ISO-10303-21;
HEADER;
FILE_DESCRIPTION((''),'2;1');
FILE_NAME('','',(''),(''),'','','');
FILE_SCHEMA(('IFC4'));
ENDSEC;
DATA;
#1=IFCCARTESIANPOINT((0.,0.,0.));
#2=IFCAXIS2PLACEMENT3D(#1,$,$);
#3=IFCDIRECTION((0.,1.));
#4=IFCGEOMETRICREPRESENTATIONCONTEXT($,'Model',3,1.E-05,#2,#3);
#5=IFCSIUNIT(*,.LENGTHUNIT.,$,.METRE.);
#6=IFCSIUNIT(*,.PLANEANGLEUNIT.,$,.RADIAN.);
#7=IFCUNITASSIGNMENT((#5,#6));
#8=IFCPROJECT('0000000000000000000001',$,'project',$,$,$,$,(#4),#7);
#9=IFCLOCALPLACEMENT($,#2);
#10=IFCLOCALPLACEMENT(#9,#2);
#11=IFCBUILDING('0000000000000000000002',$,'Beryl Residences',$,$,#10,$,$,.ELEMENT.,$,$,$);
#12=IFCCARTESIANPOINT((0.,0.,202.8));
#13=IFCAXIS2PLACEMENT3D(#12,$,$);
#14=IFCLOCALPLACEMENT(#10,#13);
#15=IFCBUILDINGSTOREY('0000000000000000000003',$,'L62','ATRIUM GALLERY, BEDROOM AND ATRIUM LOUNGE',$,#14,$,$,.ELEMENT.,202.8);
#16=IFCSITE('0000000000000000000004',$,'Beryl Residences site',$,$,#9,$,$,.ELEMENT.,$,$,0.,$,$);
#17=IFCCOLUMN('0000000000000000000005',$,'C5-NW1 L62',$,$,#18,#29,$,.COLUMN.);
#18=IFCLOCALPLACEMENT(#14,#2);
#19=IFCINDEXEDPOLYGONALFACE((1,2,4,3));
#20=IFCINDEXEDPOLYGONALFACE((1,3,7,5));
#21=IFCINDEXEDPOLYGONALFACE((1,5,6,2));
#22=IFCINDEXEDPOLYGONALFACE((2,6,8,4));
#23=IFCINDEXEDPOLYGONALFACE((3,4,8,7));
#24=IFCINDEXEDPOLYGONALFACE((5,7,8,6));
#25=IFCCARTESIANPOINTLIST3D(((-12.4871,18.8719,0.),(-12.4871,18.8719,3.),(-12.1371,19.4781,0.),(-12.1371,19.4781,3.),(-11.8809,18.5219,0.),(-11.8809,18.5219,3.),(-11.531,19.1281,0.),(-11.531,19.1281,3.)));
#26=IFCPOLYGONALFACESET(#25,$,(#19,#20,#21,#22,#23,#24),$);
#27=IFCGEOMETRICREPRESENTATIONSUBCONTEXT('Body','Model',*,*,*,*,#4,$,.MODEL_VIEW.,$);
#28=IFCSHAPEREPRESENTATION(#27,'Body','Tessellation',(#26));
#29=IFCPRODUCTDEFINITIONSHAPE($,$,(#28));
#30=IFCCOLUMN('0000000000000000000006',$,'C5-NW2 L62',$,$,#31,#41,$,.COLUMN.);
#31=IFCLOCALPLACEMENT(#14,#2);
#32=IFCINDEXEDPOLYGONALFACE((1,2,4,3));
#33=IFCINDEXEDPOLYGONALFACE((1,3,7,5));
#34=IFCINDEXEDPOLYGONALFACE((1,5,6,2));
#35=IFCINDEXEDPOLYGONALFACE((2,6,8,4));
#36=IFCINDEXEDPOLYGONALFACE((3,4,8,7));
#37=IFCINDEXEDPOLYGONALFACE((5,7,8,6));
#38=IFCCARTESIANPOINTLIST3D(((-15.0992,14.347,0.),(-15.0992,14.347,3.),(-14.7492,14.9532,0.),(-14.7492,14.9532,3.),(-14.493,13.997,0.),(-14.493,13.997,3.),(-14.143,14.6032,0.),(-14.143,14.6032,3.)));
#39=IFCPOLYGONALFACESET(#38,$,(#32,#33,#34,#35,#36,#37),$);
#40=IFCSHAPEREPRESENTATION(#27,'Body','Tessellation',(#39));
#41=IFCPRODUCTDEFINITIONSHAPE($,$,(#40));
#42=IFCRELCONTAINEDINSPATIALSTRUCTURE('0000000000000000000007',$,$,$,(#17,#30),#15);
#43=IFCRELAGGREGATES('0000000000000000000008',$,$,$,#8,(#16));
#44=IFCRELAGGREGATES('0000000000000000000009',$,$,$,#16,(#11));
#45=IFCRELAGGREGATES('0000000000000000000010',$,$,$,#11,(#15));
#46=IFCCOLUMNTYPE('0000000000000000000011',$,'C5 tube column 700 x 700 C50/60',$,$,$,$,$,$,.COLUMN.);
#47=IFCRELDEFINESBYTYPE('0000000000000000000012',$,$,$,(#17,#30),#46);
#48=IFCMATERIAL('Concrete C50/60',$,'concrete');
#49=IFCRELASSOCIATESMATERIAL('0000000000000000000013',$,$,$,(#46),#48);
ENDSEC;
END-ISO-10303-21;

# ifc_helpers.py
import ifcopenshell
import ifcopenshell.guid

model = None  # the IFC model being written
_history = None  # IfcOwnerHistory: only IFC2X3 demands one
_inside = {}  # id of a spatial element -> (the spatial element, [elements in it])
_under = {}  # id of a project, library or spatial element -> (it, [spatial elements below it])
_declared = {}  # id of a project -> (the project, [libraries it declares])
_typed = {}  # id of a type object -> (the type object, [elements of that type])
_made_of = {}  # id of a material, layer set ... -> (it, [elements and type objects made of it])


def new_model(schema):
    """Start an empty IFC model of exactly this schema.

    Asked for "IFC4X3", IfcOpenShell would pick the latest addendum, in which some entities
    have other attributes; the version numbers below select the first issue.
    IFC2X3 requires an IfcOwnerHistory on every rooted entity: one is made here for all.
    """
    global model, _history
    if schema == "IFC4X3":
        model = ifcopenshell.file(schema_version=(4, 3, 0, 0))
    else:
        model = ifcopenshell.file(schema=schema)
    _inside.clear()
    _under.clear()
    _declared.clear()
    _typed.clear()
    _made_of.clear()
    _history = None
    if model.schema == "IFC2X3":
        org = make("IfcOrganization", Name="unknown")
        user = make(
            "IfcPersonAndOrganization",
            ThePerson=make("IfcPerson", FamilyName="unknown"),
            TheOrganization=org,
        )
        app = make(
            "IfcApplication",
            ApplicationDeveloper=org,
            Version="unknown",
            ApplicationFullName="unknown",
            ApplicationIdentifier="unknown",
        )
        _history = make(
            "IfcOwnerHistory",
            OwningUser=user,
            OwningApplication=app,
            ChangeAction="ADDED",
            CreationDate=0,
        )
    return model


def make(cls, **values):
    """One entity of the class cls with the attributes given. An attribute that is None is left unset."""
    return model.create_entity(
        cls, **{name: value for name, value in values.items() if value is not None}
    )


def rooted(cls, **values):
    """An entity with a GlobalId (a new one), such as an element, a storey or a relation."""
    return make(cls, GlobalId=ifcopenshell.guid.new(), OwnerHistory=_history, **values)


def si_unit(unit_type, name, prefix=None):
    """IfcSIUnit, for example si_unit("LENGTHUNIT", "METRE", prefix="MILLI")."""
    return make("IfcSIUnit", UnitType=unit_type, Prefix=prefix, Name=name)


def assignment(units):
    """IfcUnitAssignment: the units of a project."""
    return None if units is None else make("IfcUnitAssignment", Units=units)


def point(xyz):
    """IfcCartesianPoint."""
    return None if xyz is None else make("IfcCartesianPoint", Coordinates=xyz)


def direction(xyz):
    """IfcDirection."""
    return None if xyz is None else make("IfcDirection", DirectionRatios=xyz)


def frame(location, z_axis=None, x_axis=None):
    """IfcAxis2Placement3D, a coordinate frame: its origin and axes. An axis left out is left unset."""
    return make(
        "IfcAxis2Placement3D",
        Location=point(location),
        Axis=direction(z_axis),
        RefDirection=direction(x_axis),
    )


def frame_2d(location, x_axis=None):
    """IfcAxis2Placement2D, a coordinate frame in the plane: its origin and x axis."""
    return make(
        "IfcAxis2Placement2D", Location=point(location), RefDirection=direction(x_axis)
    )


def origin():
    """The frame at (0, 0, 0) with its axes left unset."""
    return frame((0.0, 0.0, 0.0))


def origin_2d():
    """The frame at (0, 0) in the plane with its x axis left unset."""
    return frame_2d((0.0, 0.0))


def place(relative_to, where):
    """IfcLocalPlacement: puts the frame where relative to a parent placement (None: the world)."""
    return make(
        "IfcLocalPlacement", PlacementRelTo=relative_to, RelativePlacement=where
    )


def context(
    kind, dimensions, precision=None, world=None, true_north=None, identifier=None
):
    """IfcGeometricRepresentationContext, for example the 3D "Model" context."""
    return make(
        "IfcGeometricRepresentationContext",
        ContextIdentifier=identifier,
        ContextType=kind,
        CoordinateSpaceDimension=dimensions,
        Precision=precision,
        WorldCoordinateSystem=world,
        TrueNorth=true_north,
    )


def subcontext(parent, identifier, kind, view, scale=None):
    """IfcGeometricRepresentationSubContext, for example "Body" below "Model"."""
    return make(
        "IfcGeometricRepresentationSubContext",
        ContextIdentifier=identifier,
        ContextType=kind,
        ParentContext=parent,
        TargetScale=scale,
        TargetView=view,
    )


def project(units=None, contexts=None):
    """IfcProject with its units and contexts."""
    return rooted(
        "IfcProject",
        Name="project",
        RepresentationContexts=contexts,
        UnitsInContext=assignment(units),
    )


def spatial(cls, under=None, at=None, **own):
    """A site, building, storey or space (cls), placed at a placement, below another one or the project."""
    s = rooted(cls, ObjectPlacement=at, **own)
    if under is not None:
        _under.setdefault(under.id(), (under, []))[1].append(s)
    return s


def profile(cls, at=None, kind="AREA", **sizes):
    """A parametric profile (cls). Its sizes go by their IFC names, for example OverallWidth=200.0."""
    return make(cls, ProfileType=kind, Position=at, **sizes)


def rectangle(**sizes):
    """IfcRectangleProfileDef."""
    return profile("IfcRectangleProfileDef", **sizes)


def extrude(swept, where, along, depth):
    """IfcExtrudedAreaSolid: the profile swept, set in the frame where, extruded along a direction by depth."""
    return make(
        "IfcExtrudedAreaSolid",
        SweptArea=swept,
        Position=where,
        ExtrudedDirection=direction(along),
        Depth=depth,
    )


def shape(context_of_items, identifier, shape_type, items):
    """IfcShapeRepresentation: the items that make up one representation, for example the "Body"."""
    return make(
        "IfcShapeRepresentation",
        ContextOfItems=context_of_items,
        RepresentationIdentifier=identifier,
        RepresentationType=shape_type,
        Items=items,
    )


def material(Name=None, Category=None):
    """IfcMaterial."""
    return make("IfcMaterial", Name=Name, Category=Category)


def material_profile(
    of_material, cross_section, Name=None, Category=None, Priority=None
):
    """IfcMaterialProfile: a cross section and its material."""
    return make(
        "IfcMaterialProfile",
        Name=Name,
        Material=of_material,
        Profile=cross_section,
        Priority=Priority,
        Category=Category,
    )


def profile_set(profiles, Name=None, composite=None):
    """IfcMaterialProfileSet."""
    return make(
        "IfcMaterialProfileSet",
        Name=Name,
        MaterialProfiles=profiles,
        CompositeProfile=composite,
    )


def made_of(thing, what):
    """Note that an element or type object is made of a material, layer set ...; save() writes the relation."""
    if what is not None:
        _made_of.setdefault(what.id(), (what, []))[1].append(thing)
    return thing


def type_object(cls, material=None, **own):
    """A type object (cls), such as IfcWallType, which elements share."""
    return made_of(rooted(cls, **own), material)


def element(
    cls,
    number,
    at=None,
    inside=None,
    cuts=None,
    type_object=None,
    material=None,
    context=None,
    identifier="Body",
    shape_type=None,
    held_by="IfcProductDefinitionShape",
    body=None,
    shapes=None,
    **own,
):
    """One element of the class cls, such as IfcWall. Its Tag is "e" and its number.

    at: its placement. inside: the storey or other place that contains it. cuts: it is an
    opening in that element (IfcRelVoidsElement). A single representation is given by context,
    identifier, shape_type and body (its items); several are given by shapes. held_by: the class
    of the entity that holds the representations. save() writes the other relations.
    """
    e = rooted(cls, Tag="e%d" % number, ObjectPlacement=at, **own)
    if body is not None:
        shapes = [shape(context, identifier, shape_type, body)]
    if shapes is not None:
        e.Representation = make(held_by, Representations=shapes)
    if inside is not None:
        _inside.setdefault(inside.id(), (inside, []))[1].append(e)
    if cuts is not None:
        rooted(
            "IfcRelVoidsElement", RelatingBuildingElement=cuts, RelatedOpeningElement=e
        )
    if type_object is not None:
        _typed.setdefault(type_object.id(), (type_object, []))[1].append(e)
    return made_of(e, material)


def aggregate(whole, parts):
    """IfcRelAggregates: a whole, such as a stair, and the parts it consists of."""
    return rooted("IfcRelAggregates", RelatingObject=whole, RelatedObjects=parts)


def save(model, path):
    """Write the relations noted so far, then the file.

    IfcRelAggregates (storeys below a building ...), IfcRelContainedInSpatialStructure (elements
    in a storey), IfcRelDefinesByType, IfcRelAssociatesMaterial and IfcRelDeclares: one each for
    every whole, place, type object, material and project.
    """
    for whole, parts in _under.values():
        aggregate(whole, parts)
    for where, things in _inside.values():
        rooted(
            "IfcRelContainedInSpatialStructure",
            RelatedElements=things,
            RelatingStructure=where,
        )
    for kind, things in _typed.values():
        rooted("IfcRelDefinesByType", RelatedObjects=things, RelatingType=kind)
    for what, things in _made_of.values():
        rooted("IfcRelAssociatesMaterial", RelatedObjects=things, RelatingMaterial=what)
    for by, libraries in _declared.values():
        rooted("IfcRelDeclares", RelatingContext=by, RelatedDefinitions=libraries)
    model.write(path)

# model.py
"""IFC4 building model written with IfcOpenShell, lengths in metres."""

from ifc_helpers import new_model, si_unit, direction, frame, origin, origin_2d, place, context, subcontext, project, spatial, rectangle, extrude, material, material_profile, profile_set, type_object, element, save


model = new_model("IFC4")

# Units and contexts
model_context = context("Model", 3, precision=1e-05, world=origin(), true_north=direction((0.0, 1.0)))
body_context = subcontext(model_context, "Body", "Model", "MODEL_VIEW")
ifc_project = project(units=[si_unit("LENGTHUNIT", "METRE"), si_unit("PLANEANGLEUNIT", "RADIAN")], contexts=[model_context])

# Site, building, storey
site_placement = place(None, origin())
site = spatial("IfcSite", under=ifc_project, at=site_placement, Name="Beryl Residences site", CompositionType="ELEMENT", RefElevation=0.0)
building_placement = place(site_placement, origin())
building = spatial("IfcBuilding", under=site, at=building_placement, Name="Beryl Residences", CompositionType="ELEMENT")
storey_placement = place(building_placement, frame((0.0, 0.0, 202.8)))
storey = spatial("IfcBuildingStorey", under=building, at=storey_placement, Name="L62", Description="ATRIUM GALLERY, BEDROOM AND ATRIUM LOUNGE", CompositionType="ELEMENT", Elevation=202.8)

# Columns
ifc_material_1 = material(Name="Concrete C50/60", Category="concrete")
ifc_material_profile = material_profile(ifc_material_1, rectangle(XDim=0.7, YDim=0.7, at=origin_2d()))
ifc_profile_set = profile_set([ifc_material_profile], Name="Concrete C50/60")
column_type = type_object("IfcColumnType", Name="C5 tube column 700 x 700 C50/60", PredefinedType="COLUMN", material=ifc_profile_set)
for number, where, z_axis, x_axis, name in (
    (1, (-12.009, 19.0, 0.0), (0.0, 0.0, 1.0), (-0.49997, -0.866043, 0.0), "C5-NW1 L62"),
    (2, (-14.6211, 14.4751, 0.0), (0.0, 0.0, 1.0), (-0.49997, -0.866043, 0.0), "C5-NW2 L62"),
):
    element("IfcColumn", number, at=place(storey_placement, frame(where, z_axis=z_axis, x_axis=x_axis)), inside=storey, type_object=column_type, Name=name, PredefinedType="COLUMN", context=body_context, shape_type="SweptSolid", body=[
        extrude(rectangle(XDim=0.7, YDim=0.7, at=origin_2d()), origin(), (0.0, 0.0, 1.0), 3.0),
    ])

save(model, "model.ifc")
